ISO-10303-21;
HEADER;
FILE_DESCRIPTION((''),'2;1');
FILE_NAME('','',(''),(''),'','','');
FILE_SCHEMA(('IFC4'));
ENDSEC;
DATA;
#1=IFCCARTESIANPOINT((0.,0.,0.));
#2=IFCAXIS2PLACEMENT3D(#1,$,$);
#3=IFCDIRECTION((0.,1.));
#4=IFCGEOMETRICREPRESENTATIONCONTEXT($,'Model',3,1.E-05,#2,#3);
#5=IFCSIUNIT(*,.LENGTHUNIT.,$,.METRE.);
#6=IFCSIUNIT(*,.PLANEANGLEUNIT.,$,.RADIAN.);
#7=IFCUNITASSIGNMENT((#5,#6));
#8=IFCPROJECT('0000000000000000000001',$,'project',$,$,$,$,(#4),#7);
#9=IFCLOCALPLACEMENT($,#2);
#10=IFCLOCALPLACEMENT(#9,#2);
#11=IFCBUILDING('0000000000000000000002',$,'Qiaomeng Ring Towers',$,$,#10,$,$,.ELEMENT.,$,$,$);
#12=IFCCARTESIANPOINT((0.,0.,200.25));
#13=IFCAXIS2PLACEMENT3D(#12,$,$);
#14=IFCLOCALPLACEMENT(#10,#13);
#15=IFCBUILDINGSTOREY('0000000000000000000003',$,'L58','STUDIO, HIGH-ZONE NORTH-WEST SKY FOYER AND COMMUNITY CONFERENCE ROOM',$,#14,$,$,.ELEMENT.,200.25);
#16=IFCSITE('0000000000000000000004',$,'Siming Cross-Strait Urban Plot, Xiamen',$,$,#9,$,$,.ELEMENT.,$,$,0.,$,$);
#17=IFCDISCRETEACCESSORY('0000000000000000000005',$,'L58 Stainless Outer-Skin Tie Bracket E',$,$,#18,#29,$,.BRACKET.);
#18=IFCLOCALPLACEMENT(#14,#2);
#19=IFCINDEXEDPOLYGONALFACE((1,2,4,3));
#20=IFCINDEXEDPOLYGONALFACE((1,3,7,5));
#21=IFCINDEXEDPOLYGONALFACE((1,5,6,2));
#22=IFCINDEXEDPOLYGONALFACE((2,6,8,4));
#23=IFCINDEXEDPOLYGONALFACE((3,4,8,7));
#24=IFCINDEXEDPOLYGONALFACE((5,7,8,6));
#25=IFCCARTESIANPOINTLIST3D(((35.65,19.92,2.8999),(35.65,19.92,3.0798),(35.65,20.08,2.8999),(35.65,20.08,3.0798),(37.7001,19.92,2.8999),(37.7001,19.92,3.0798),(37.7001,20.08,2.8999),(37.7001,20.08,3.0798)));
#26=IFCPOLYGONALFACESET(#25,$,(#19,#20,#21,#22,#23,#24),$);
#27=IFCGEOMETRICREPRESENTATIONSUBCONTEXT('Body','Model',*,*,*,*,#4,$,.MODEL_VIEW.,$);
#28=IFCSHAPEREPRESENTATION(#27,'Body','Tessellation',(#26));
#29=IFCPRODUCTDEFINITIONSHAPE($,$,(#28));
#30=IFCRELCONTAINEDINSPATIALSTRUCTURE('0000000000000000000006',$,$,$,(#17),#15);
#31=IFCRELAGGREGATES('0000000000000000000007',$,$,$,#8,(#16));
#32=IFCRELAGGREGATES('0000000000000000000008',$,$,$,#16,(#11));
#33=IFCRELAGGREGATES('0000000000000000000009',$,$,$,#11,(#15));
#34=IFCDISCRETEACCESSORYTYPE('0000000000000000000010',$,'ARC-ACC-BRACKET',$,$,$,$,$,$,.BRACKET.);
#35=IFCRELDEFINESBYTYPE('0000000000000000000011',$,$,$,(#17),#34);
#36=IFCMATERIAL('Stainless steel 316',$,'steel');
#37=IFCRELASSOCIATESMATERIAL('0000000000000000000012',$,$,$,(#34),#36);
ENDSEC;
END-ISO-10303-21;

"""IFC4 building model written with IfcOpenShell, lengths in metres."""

from ifc_helpers import new_model, si_unit, direction, frame, origin, origin_2d, place, context, subcontext, project, spatial, rectangle, extrude, source, transform, mapped, material, type_object, element, save


model = new_model("IFC4")

# Units and contexts
model_context = context("Model", 3, precision=1e-05, world=origin(), true_north=direction((0.0, 1.0)))
body_context = subcontext(model_context, "Body", "Model", "MODEL_VIEW")
ifc_project = project(units=[si_unit("LENGTHUNIT", "METRE"), si_unit("PLANEANGLEUNIT", "RADIAN")], contexts=[model_context])

# Site, building, storey
site_placement = place(None, origin())
site = spatial("IfcSite", under=ifc_project, at=site_placement, Name="Siming Cross-Strait Urban Plot, Xiamen", CompositionType="ELEMENT", RefElevation=0.0)
building_placement = place(site_placement, origin())
building = spatial("IfcBuilding", under=site, at=building_placement, Name="Qiaomeng Ring Towers", CompositionType="ELEMENT")
storey_placement = place(building_placement, frame((0.0, 0.0, 200.25)))
storey = spatial("IfcBuildingStorey", under=building, at=storey_placement, Name="L58", Description="STUDIO, HIGH-ZONE NORTH-WEST SKY FOYER AND COMMUNITY CONFERENCE ROOM", CompositionType="ELEMENT", Elevation=200.25)

# Shared definitions
ifc_material_1 = material(Name="Stainless steel 316", Category="steel")

# Discrete accessory
discrete_accessory_type = type_object("IfcDiscreteAccessoryType", Name="ARC-ACC-BRACKET", PredefinedType="BRACKET", material=ifc_material_1)
shared_shape_1 = source(origin(), body_context, "Body", "SweptSolid", [
    extrude(rectangle(XDim=2.05, YDim=0.1599, at=origin_2d()), origin(), (0.0, 0.0, 1.0), 0.1799),
])
discrete_accessory_placement = place(storey_placement, frame((36.675, 20.0, 2.8999), z_axis=(0.0, 0.0, 1.0), x_axis=(1.0, 0.0, 0.0)))
element("IfcDiscreteAccessory", 1, at=discrete_accessory_placement, inside=storey, type_object=discrete_accessory_type, Name="L58 Stainless Outer-Skin Tie Bracket E", PredefinedType="BRACKET", context=body_context, shape_type="MappedRepresentation", body=[
    mapped(shared_shape_1, transform((0.0, 0.0, 0.0), x_axis=(1.0, 0.0, 0.0), y_axis=(0.0, 1.0, 0.0), z_axis=(0.0, 0.0, 1.0), scale=1.0)),
])

save(model, "model.ifc")
